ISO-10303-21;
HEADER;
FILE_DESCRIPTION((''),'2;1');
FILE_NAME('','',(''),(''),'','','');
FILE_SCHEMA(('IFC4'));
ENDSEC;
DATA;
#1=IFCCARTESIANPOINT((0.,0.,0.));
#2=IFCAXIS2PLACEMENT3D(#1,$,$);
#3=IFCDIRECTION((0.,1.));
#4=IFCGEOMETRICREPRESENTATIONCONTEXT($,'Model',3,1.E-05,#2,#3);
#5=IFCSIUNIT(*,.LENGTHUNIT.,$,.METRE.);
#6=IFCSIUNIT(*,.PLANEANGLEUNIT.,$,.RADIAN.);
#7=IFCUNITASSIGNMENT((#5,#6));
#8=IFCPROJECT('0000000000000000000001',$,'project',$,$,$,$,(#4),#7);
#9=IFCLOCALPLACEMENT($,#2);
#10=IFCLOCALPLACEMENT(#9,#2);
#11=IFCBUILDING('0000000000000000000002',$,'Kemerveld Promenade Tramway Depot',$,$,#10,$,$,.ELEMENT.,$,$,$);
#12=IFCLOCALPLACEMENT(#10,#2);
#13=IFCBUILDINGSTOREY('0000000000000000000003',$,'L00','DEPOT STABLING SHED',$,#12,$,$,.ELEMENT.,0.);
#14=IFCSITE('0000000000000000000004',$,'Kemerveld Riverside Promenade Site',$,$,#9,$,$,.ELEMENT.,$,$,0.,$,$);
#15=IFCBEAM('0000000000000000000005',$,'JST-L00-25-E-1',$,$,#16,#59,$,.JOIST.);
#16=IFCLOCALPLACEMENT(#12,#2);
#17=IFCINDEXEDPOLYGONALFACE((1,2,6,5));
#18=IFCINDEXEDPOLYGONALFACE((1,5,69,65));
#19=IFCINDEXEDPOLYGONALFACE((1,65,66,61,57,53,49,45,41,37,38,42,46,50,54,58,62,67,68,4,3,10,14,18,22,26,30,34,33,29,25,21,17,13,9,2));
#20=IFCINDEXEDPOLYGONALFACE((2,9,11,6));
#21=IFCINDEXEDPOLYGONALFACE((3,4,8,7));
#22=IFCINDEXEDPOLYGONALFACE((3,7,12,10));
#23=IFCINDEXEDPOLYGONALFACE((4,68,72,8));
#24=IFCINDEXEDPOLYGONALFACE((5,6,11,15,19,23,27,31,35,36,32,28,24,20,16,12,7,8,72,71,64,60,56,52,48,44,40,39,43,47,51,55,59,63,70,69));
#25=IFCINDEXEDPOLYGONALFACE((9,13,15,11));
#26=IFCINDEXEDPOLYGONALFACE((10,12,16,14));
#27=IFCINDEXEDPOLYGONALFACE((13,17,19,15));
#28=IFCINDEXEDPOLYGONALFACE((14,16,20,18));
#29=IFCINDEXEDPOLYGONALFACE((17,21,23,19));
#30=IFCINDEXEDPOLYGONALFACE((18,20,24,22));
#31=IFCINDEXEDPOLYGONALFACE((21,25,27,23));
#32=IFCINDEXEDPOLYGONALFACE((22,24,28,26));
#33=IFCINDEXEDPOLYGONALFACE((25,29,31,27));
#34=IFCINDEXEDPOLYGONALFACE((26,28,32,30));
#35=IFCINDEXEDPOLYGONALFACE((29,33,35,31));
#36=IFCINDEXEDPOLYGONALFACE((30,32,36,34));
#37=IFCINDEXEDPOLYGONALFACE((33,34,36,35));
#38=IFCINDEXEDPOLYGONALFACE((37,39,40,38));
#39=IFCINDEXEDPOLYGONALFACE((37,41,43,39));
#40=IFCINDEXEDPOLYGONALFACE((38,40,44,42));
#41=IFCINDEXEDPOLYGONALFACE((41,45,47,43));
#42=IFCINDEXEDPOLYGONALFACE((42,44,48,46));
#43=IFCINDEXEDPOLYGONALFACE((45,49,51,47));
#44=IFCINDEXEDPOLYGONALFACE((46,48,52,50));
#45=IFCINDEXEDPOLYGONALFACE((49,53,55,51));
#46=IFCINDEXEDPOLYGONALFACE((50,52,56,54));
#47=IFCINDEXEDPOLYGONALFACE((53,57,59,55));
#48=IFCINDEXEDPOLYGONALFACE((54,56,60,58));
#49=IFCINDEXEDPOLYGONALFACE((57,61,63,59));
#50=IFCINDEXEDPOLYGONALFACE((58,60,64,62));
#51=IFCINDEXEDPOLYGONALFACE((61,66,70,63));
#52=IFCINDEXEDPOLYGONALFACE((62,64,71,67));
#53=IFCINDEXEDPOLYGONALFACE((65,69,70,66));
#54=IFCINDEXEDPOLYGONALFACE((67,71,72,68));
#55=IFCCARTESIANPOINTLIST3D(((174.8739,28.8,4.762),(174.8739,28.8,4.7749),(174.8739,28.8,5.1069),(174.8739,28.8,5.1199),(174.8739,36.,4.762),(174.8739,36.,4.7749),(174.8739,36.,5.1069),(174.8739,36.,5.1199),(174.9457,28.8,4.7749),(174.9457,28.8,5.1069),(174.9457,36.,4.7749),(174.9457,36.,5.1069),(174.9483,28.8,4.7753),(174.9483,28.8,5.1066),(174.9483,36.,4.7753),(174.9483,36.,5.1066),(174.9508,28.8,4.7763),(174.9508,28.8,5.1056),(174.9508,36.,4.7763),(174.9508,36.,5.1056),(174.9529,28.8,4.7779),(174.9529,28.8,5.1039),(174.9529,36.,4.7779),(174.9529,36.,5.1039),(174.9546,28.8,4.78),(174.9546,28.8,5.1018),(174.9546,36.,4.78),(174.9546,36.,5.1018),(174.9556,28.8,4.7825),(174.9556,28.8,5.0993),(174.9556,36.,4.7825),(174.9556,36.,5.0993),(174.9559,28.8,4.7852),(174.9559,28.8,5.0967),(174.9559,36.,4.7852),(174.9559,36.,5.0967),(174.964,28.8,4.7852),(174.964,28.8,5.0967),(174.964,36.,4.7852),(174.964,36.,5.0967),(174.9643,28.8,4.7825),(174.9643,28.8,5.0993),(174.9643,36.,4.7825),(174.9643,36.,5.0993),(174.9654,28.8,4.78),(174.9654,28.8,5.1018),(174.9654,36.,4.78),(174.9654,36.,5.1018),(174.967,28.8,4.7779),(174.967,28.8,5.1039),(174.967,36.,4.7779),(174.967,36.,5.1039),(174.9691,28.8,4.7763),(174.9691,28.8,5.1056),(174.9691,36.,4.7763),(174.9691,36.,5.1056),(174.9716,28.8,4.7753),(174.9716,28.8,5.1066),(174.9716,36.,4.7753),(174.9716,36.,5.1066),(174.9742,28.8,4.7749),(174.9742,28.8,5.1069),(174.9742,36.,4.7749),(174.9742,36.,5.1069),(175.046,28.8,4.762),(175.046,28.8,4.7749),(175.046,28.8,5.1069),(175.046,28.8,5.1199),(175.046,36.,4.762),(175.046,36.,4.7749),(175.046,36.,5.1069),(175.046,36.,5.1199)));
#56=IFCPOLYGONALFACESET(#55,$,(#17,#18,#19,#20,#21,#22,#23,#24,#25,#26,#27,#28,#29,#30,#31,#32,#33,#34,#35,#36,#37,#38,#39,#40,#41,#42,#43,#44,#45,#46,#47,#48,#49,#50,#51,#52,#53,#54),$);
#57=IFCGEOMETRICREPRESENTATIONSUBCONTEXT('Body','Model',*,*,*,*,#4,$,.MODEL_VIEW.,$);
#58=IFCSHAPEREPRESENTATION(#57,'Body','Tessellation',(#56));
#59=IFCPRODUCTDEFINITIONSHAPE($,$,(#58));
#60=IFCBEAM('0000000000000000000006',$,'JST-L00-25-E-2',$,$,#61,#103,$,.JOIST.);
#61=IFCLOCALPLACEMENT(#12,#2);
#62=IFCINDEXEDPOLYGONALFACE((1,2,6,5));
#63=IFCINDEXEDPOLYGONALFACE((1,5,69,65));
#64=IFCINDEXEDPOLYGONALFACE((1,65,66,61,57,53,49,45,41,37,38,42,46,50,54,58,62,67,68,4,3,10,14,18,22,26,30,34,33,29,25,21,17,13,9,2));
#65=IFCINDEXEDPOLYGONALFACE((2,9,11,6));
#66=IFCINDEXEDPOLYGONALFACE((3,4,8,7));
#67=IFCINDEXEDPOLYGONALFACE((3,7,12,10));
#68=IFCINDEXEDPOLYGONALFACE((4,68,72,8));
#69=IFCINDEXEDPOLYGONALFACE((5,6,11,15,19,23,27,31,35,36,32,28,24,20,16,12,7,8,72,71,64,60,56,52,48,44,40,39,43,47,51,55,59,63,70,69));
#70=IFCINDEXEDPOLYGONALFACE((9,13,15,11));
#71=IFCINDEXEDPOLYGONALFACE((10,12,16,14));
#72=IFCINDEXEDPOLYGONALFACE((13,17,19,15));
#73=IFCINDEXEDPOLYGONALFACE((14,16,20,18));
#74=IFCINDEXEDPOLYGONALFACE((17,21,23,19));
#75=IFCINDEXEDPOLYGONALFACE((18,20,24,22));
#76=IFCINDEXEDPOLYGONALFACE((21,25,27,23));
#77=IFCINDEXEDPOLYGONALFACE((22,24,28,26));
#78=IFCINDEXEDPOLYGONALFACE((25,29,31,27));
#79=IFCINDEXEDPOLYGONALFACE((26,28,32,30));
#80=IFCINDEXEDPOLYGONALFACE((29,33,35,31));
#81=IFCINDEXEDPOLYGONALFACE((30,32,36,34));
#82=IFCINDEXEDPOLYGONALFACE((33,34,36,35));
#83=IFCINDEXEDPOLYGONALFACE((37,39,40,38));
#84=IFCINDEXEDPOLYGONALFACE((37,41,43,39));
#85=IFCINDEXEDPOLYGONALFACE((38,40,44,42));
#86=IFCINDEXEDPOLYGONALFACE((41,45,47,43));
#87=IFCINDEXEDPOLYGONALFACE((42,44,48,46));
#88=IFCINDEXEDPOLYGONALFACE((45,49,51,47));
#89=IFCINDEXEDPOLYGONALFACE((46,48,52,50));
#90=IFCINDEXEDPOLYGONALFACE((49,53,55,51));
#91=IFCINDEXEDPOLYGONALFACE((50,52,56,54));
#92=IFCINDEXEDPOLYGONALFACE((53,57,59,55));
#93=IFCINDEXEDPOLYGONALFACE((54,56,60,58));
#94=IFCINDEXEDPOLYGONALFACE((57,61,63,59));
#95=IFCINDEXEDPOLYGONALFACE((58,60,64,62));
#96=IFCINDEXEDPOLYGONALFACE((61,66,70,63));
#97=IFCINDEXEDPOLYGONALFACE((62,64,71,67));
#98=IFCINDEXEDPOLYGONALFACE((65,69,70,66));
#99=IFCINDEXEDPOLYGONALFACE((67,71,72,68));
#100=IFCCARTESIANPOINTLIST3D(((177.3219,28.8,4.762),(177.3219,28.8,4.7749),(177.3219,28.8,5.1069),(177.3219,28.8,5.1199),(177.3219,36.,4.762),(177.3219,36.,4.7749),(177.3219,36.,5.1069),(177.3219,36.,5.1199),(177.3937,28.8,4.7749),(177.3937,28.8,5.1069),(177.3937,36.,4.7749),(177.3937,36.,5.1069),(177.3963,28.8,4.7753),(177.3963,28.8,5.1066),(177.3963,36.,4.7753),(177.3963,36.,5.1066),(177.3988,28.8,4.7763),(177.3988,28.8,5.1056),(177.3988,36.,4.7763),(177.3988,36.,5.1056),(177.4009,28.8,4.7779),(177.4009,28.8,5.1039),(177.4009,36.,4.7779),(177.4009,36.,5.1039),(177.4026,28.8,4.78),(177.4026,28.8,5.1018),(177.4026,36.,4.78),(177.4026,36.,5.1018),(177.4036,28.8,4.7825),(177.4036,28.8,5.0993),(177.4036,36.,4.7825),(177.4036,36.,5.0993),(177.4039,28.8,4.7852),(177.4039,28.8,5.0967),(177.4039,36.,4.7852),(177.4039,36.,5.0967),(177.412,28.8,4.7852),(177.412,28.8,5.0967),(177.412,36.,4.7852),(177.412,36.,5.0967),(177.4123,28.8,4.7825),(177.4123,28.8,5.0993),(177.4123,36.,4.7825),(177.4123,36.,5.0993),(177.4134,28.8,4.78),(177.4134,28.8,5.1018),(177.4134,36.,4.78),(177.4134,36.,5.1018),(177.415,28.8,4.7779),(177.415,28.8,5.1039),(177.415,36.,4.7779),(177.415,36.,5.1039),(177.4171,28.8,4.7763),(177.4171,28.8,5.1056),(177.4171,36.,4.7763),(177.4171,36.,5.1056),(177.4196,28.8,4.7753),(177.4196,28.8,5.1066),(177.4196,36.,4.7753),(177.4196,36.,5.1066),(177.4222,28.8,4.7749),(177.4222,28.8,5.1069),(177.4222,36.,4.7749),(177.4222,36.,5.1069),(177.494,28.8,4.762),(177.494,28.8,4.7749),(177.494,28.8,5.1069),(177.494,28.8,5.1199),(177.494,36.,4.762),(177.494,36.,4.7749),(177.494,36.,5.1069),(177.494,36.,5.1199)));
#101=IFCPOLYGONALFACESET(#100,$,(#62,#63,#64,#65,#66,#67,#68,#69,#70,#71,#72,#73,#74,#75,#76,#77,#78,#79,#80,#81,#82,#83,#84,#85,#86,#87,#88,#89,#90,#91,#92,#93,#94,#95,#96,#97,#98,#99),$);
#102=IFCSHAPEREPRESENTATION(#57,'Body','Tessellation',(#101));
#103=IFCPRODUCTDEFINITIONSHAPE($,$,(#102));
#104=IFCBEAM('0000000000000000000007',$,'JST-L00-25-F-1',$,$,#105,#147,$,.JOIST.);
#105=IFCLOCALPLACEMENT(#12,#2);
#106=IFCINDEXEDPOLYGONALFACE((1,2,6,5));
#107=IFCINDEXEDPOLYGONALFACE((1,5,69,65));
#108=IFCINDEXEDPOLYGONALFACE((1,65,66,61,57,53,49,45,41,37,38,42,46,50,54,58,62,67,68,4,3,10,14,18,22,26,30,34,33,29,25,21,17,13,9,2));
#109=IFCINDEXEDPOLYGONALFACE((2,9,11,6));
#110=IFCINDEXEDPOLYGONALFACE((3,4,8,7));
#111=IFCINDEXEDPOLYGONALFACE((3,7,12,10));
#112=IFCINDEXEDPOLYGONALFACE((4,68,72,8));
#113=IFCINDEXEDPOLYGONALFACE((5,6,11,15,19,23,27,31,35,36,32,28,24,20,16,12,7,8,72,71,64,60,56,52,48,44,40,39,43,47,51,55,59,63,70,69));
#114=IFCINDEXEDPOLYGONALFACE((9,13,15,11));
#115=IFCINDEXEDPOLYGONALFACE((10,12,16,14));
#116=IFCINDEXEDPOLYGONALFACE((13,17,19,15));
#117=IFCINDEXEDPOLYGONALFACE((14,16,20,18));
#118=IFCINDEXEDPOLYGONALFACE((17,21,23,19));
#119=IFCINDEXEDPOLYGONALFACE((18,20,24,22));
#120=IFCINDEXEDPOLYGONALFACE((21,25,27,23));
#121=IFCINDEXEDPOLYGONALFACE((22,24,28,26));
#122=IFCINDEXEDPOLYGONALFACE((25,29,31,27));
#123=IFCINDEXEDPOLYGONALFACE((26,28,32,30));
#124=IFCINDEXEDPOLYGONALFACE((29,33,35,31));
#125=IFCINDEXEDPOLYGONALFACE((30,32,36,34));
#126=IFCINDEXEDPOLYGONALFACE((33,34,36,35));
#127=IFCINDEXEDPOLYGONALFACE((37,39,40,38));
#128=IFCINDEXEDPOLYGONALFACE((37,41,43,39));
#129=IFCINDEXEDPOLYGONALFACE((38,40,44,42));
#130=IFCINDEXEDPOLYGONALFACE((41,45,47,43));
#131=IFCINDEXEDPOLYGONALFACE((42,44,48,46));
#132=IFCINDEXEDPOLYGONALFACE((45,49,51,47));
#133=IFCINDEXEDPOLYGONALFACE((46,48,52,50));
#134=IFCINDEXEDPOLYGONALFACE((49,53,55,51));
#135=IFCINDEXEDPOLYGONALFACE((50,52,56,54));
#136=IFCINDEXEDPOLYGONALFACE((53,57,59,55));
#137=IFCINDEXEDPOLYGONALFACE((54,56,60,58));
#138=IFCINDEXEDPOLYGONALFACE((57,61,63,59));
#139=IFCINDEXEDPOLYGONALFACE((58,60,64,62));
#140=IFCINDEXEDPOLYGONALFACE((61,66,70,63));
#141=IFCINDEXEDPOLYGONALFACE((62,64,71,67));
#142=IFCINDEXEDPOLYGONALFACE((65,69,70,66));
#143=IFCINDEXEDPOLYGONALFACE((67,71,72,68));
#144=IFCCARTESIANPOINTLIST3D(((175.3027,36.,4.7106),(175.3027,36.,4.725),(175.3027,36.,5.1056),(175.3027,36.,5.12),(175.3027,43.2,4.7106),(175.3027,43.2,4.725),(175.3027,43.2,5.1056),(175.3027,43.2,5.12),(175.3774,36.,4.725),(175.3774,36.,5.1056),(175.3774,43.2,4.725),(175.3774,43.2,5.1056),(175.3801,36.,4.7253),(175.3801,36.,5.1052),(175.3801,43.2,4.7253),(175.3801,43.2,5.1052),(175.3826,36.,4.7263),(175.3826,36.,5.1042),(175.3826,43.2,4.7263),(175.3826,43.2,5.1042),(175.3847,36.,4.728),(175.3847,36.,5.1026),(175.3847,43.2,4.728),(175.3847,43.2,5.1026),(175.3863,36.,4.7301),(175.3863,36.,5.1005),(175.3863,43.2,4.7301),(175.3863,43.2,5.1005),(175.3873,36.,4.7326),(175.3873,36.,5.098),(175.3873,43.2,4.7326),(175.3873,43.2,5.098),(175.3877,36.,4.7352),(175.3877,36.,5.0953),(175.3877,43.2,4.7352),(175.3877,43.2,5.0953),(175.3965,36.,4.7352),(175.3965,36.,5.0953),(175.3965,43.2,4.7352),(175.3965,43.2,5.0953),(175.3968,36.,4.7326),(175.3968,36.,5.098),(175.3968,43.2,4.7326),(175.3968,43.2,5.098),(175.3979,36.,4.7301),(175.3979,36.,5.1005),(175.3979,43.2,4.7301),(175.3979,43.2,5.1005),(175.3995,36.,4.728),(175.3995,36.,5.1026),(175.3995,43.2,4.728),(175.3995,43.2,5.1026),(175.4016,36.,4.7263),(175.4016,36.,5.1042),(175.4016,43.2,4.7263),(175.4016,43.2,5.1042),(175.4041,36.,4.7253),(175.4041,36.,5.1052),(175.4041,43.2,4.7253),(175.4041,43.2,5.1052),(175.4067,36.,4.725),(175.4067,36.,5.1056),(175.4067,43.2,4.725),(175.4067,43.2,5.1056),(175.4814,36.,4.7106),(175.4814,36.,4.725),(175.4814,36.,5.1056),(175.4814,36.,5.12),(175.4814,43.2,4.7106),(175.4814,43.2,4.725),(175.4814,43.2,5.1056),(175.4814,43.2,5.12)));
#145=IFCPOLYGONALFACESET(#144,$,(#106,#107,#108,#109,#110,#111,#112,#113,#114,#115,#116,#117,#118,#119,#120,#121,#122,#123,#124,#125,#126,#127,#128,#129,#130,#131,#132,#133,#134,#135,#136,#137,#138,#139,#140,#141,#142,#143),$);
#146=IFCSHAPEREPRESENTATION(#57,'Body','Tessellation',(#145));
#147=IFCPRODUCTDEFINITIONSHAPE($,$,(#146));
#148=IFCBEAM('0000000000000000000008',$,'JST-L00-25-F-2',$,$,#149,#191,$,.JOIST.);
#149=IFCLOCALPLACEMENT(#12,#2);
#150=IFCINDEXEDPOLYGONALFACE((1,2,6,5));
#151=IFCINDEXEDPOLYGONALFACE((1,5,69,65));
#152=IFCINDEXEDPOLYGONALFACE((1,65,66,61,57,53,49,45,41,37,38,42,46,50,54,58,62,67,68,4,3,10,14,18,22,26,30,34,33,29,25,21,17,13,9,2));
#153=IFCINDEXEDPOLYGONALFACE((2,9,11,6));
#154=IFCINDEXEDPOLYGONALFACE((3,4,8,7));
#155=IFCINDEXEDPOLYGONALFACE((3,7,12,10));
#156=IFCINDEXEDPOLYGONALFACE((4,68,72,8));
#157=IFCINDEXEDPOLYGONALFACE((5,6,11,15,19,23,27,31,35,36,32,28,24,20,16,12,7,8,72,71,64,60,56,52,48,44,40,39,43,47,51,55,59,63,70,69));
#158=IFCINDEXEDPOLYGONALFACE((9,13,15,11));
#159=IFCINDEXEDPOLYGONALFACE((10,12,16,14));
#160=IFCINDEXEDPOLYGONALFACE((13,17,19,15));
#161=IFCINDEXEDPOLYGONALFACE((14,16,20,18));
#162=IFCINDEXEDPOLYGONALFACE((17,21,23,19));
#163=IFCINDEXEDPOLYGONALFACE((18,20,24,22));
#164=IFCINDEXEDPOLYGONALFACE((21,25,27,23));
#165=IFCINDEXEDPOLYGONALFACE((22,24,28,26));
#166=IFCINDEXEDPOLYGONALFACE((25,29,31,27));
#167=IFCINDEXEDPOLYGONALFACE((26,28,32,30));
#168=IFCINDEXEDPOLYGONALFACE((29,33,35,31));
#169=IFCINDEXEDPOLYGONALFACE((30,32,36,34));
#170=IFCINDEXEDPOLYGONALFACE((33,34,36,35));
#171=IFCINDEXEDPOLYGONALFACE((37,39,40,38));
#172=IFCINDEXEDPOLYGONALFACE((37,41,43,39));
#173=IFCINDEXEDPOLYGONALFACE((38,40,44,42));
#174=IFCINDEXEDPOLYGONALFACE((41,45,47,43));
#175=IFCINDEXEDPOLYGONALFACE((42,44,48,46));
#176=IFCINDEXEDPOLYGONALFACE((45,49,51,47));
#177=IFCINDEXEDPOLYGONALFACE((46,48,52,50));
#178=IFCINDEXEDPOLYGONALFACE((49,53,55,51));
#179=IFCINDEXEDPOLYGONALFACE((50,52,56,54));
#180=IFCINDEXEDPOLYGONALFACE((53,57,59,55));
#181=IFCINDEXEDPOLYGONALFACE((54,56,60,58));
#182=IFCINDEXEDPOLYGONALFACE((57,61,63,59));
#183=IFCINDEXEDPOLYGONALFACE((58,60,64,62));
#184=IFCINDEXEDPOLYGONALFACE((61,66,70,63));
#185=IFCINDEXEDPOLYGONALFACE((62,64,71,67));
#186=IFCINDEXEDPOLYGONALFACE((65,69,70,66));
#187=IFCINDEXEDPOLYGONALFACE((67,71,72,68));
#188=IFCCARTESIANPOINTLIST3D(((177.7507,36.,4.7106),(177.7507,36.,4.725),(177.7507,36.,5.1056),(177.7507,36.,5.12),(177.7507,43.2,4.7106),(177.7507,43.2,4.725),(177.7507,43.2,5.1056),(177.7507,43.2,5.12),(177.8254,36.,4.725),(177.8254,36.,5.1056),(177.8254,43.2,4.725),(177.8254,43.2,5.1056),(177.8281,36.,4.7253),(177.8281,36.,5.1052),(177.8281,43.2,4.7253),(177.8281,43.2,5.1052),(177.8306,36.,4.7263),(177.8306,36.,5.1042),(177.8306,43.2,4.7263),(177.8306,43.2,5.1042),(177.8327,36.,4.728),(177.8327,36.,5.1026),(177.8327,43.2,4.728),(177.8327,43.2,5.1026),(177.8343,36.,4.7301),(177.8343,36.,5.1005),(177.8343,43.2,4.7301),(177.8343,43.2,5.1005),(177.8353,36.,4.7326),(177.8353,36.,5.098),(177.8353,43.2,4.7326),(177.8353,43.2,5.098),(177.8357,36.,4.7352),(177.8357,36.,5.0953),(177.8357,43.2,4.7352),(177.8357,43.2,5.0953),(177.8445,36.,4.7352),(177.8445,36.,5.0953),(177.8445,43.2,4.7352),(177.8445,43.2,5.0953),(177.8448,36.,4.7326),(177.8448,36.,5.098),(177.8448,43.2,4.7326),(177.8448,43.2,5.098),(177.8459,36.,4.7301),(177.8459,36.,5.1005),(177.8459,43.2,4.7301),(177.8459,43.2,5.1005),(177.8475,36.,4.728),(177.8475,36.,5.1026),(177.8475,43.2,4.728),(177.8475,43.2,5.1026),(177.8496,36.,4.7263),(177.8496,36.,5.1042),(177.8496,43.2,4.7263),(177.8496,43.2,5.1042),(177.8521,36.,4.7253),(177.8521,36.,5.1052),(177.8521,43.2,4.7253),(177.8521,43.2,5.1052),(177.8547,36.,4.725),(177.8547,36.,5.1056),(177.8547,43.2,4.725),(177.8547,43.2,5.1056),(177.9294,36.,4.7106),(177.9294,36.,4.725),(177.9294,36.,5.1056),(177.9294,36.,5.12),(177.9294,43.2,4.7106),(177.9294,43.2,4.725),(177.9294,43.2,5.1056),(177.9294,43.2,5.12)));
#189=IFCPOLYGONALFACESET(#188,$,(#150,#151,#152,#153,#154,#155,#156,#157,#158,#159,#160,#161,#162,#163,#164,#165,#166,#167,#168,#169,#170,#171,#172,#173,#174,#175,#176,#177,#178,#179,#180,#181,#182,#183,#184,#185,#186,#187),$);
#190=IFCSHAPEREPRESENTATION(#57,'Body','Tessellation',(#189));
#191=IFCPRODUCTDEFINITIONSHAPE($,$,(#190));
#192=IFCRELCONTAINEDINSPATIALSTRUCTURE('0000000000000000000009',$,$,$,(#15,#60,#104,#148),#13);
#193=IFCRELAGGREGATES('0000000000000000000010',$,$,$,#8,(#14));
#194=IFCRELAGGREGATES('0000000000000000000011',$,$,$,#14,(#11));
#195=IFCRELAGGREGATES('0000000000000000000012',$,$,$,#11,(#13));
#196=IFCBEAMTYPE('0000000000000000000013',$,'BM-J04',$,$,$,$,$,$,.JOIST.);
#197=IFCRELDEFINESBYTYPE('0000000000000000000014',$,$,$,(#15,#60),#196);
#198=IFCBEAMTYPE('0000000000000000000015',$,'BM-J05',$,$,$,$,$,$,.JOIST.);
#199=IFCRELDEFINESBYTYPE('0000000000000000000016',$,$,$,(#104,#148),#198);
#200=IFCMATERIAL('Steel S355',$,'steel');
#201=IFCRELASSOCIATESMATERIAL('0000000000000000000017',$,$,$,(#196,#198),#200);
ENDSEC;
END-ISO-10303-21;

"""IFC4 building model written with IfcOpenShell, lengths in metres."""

from ifc_helpers import new_model, si_unit, direction, frame, origin, origin_2d, place, context, subcontext, project, spatial, i_section, extrude, material, material_profile, profile_set, type_object, element, save


model = new_model("IFC4")

# Units and contexts
model_context = context("Model", 3, precision=1e-05, world=origin(), true_north=direction((0.0, 1.0)))
body_context = subcontext(model_context, "Body", "Model", "MODEL_VIEW")
ifc_project = project(units=[si_unit("LENGTHUNIT", "METRE"), si_unit("PLANEANGLEUNIT", "RADIAN")], contexts=[model_context])

# Site, building, storey
site_placement = place(None, origin())
site = spatial("IfcSite", under=ifc_project, at=site_placement, Name="Kemerveld Riverside Promenade Site", CompositionType="ELEMENT", RefElevation=0.0)
building_placement = place(site_placement, origin())
building = spatial("IfcBuilding", under=site, at=building_placement, Name="Kemerveld Promenade Tramway Depot", CompositionType="ELEMENT")
storey_placement = place(building_placement, origin())
storey = spatial("IfcBuildingStorey", under=building, at=storey_placement, Name="L00", Description="DEPOT STABLING SHED", CompositionType="ELEMENT", Elevation=0.0)

# Shared definitions
ifc_material_1 = material(Name="Steel S355", Category="steel")

# Beams
ifc_material_profile_1 = material_profile(ifc_material_1, i_section(OverallWidth=0.1721, OverallDepth=0.3579, WebThickness=0.0081, FlangeThickness=0.0129, FilletRadius=0.0103, at=origin_2d()), Name="356x171x57 UB")
ifc_profile_set_1 = profile_set([ifc_material_profile_1], Name="Steel S355")
beam_type_1 = type_object("IfcBeamType", Name="BM-J04", PredefinedType="JOIST", material=ifc_profile_set_1)
for number, where, z_axis, x_axis, name in (
    (1, (174.96, 28.8, 4.9409), (0.0, 1.0, 0.0), (-1.0, 0.0, 0.0), "JST-L00-25-E-1"),
    (2, (177.408, 28.8, 4.9409), (0.0, 1.0, 0.0), (-1.0, 0.0, 0.0), "JST-L00-25-E-2"),
):
    element("IfcBeam", number, at=place(storey_placement, frame(where, z_axis=z_axis, x_axis=x_axis)), inside=storey, type_object=beam_type_1, Name=name, PredefinedType="JOIST", context=body_context, shape_type="SweptSolid", body=[
        extrude(i_section(OverallWidth=0.1721, OverallDepth=0.3579, WebThickness=0.0081, FlangeThickness=0.0129, FilletRadius=0.0103, at=origin_2d()), origin(), (0.0, 0.0, 1.0), 7.2),
    ])
ifc_material_profile_2 = material_profile(ifc_material_1, i_section(OverallWidth=0.1787, OverallDepth=0.4094, WebThickness=0.0088, FlangeThickness=0.0144, FilletRadius=0.0103, at=origin_2d()), Name="406x178x67 UB")
ifc_profile_set_2 = profile_set([ifc_material_profile_2], Name="Steel S355")
beam_type_2 = type_object("IfcBeamType", Name="BM-J05", PredefinedType="JOIST", material=ifc_profile_set_2)
for number, where, z_axis, x_axis, name in (
    (3, (175.3921, 36.0, 4.9153), (0.0, 1.0, 0.0), (-1.0, 0.0, 0.0), "JST-L00-25-F-1"),
    (4, (177.8401, 36.0, 4.9153), (0.0, 1.0, 0.0), (-1.0, 0.0, 0.0), "JST-L00-25-F-2"),
):
    element("IfcBeam", number, at=place(storey_placement, frame(where, z_axis=z_axis, x_axis=x_axis)), inside=storey, type_object=beam_type_2, Name=name, PredefinedType="JOIST", context=body_context, shape_type="SweptSolid", body=[
        extrude(i_section(OverallWidth=0.1787, OverallDepth=0.4094, WebThickness=0.0088, FlangeThickness=0.0144, FilletRadius=0.0103, at=origin_2d()), origin(), (0.0, 0.0, 1.0), 7.2),
    ])

save(model, "model.ifc")
